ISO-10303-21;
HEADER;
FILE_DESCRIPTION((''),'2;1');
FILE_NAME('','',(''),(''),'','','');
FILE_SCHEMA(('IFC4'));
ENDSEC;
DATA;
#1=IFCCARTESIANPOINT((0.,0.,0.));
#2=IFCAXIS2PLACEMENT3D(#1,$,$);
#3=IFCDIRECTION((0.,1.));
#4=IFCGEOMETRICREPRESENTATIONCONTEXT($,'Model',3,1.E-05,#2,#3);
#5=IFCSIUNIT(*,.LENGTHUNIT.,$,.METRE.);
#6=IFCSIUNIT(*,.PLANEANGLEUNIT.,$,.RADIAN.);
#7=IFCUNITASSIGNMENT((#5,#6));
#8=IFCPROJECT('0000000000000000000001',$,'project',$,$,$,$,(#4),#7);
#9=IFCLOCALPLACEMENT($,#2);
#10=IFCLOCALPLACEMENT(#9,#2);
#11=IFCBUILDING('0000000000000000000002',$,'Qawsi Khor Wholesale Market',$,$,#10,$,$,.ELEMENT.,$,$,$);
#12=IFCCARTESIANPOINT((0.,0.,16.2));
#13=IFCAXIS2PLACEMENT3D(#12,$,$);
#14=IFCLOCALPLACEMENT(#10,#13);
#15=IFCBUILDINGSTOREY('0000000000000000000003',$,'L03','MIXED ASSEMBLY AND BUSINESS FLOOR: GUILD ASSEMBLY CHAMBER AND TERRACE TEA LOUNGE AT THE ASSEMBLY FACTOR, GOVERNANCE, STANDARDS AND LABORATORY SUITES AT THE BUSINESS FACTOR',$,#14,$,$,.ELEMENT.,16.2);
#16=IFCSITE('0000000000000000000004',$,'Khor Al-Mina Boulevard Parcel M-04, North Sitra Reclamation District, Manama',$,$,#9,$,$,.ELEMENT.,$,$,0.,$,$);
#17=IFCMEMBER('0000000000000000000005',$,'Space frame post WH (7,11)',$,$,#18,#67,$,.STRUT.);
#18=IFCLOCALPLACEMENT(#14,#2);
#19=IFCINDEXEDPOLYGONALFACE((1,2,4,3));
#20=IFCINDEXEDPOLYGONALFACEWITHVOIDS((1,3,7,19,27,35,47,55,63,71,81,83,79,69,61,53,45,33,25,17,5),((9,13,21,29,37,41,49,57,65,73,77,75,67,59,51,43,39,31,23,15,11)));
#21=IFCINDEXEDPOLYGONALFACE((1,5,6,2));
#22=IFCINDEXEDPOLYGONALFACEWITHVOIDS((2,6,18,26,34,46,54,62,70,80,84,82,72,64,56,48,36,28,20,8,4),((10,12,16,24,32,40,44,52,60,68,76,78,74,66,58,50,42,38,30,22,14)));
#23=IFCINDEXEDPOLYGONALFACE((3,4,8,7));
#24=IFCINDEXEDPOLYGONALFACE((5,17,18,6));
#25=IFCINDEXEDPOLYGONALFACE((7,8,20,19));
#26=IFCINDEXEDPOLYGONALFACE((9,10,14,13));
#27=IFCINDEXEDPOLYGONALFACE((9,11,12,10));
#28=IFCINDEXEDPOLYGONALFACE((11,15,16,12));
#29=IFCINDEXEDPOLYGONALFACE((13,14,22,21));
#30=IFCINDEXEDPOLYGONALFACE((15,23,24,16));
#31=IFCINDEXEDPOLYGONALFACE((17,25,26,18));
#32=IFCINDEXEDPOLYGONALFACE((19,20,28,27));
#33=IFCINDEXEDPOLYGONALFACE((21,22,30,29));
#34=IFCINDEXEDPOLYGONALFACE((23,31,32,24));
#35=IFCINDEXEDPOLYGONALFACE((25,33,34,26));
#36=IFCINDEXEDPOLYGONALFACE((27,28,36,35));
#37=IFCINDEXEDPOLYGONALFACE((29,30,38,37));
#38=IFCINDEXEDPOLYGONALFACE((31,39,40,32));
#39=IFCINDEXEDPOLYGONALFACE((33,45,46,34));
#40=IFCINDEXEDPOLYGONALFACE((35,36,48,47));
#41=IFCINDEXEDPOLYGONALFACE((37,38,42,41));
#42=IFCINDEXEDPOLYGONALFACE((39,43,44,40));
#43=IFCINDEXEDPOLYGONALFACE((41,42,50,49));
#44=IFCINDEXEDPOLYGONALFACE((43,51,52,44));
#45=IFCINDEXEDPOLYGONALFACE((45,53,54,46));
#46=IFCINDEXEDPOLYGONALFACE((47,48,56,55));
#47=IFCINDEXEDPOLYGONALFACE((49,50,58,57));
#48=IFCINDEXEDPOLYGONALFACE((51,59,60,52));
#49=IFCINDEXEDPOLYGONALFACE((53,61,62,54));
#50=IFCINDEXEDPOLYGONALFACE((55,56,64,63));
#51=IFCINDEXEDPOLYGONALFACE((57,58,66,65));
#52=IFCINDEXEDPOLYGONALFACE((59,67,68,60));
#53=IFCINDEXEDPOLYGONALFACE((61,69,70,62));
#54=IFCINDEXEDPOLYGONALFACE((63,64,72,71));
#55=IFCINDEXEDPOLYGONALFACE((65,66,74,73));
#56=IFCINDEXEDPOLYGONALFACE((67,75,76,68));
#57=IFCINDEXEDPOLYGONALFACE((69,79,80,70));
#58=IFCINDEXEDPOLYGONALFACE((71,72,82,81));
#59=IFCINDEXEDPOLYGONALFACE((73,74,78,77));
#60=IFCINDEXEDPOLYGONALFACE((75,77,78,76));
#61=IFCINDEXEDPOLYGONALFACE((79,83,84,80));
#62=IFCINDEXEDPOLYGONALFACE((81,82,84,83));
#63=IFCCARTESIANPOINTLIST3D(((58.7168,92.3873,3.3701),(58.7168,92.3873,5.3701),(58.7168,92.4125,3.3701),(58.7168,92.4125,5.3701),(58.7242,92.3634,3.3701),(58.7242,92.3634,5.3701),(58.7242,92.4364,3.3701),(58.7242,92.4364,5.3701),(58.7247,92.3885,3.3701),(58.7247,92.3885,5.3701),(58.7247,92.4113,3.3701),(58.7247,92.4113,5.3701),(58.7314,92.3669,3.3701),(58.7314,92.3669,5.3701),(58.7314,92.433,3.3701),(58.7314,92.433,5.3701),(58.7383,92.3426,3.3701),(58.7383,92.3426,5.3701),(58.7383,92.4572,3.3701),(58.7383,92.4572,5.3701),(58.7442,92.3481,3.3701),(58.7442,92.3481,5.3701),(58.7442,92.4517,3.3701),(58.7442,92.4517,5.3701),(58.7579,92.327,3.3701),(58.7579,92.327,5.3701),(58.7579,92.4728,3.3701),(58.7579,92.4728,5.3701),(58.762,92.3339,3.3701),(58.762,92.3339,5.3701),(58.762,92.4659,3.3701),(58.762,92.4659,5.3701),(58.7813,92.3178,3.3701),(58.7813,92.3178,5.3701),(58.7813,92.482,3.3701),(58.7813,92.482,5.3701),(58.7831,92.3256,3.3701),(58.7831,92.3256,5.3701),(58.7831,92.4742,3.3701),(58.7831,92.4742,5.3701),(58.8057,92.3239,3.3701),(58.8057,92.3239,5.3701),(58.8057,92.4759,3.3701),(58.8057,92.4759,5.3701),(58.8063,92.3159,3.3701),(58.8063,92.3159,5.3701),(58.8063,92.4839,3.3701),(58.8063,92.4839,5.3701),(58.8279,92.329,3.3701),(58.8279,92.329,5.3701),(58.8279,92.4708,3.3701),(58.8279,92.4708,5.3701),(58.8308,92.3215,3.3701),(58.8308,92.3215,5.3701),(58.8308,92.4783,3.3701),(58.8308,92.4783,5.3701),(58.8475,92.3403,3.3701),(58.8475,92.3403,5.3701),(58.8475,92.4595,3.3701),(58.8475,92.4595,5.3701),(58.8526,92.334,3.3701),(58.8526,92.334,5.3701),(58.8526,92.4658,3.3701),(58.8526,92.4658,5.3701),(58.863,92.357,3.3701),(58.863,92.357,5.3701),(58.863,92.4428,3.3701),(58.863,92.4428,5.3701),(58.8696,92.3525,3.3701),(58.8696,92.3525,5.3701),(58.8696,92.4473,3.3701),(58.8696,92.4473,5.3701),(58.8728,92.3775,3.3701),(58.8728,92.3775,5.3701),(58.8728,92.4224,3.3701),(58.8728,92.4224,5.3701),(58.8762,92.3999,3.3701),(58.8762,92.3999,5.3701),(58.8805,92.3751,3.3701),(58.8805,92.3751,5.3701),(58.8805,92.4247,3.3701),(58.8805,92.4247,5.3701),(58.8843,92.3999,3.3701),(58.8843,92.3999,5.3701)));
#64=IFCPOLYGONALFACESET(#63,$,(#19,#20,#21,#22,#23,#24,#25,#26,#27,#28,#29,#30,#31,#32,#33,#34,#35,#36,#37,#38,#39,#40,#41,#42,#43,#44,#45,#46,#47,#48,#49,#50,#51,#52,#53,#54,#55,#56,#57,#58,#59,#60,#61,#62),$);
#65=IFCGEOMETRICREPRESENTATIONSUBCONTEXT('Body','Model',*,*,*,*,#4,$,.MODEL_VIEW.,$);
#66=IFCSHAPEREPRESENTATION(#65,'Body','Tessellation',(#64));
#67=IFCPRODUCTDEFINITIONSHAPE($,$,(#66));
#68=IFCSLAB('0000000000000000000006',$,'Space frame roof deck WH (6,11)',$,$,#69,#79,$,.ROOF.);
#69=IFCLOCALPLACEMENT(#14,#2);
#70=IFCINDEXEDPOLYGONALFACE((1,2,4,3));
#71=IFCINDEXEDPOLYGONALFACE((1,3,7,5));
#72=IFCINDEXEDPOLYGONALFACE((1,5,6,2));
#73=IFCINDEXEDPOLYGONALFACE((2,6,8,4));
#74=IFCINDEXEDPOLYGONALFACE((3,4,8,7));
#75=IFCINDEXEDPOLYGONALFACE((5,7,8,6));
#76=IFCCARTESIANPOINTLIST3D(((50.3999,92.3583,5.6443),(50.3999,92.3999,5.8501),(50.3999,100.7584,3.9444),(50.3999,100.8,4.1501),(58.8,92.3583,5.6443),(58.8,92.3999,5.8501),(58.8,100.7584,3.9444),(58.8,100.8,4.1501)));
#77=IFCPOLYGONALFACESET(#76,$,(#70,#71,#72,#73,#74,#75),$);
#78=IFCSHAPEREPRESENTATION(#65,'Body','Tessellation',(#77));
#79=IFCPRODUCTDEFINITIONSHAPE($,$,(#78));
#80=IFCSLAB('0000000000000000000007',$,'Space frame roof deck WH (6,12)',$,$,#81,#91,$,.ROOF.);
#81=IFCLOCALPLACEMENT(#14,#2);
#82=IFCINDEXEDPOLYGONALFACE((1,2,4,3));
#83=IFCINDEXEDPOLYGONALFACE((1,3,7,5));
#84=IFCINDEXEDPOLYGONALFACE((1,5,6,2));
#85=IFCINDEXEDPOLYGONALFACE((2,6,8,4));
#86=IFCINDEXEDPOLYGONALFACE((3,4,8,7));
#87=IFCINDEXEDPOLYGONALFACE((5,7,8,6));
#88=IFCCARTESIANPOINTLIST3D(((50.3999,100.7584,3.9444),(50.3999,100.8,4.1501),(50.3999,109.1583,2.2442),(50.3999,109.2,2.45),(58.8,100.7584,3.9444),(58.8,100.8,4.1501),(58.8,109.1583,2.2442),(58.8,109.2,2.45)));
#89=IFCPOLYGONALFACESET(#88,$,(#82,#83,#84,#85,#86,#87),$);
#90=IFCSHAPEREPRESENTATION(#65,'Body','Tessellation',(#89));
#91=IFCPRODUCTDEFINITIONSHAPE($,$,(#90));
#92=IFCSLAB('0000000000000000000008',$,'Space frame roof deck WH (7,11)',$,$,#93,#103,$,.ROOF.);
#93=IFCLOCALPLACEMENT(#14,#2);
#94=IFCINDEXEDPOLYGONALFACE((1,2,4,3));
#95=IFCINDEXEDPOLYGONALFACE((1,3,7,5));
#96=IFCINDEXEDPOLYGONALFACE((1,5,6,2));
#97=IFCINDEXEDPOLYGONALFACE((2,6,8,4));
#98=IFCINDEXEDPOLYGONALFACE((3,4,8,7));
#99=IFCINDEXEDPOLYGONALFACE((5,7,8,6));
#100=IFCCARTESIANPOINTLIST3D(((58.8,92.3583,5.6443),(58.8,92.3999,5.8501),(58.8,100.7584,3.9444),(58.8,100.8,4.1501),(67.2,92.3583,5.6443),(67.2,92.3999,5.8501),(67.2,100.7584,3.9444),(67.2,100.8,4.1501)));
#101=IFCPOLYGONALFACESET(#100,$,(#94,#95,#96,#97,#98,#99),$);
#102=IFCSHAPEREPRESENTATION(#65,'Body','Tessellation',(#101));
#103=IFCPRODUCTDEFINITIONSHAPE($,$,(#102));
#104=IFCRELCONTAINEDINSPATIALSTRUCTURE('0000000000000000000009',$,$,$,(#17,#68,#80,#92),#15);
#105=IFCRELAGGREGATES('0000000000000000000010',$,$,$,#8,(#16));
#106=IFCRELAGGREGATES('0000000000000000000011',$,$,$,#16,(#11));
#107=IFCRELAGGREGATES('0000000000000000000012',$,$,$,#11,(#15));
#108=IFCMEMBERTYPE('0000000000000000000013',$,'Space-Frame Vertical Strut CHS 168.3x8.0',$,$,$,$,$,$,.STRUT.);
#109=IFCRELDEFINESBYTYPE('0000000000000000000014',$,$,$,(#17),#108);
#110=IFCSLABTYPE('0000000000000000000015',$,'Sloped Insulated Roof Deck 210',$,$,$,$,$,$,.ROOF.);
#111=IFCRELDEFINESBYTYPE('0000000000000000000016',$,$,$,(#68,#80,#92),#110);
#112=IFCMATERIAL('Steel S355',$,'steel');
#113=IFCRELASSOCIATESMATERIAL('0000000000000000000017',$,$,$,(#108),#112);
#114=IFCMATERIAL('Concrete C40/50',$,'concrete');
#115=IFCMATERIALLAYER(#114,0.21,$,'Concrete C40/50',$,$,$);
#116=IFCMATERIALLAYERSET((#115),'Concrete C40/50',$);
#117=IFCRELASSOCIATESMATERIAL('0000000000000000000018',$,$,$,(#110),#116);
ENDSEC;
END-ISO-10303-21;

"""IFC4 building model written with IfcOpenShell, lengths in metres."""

from ifc_helpers import new_model, si_unit, direction, frame, origin, origin_2d, place, context, subcontext, project, spatial, polyline, hollow_circle, outline, extrude, material, layer, layer_set, material_profile, profile_set, type_object, element, save


model = new_model("IFC4")

# Units and contexts
model_context = context("Model", 3, precision=1e-05, world=origin(), true_north=direction((0.0, 1.0)))
body_context = subcontext(model_context, "Body", "Model", "MODEL_VIEW")
ifc_project = project(units=[si_unit("LENGTHUNIT", "METRE"), si_unit("PLANEANGLEUNIT", "RADIAN")], contexts=[model_context])

# Site, building, storey
site_placement = place(None, origin())
site = spatial("IfcSite", under=ifc_project, at=site_placement, Name="Khor Al-Mina Boulevard Parcel M-04, North Sitra Reclamation District, Manama", CompositionType="ELEMENT", RefElevation=0.0)
building_placement = place(site_placement, origin())
building = spatial("IfcBuilding", under=site, at=building_placement, Name="Qawsi Khor Wholesale Market", CompositionType="ELEMENT")
storey_placement = place(building_placement, frame((0.0, 0.0, 16.2)))
storey = spatial("IfcBuildingStorey", under=building, at=storey_placement, Name="L03", Description="MIXED ASSEMBLY AND BUSINESS FLOOR: GUILD ASSEMBLY CHAMBER AND TERRACE TEA LOUNGE AT THE ASSEMBLY FACTOR, GOVERNANCE, STANDARDS AND LABORATORY SUITES AT THE BUSINESS FACTOR", CompositionType="ELEMENT", Elevation=16.2)

# Shared definitions
ifc_material_1 = material(Name="Concrete C40/50", Category="concrete")

# Member
ifc_material_2 = material(Name="Steel S355", Category="steel")
ifc_material_profile_1 = material_profile(ifc_material_2, hollow_circle(Radius=0.0842, WallThickness=0.0081, at=origin_2d()), Name="CHS 168.3x8.0")
ifc_profile_set_1 = profile_set([ifc_material_profile_1], Name="Steel S355")
member_type_1 = type_object("IfcMemberType", Name="Space-Frame Vertical Strut CHS 168.3x8.0", PredefinedType="STRUT", material=ifc_profile_set_1)
for number, where, z_axis, x_axis, name in (
    (1, (58.8, 92.3999, 3.3701), (0.0, 0.0, 1.0), (1.0, 0.0, 0.0), "Space frame post WH (7,11)"),
):
    element("IfcMember", number, at=place(storey_placement, frame(where, z_axis=z_axis, x_axis=x_axis)), inside=storey, type_object=member_type_1, Name=name, PredefinedType="STRUT", context=body_context, shape_type="SweptSolid", body=[
        extrude(hollow_circle(Radius=0.0842, WallThickness=0.0081, at=origin_2d()), origin(), (0.0, 0.0, 1.0), 2.0),
    ])

# Slabs
ifc_layer = layer(ifc_material_1, 0.21, Name="Concrete C40/50")
ifc_layer_set = layer_set([ifc_layer], Name="Concrete C40/50")
slab_type = type_object("IfcSlabType", Name="Sloped Insulated Roof Deck 210", PredefinedType="ROOF", material=ifc_layer_set)
slab_1_placement = place(storey_placement, frame((50.3999, 92.3999, 5.8501), z_axis=(0.0, 0.198351, 0.980131), x_axis=(1.0, 0.0, 0.0)))
element("IfcSlab", 2, at=slab_1_placement, inside=storey, type_object=slab_type, Name="Space frame roof deck WH (6,11)", PredefinedType="ROOF", context=body_context, shape_type="SweptSolid", body=[
    extrude(outline(polyline([(0.0, 0.0), (8.4001, 0.0), (8.4001, 8.5704), (0.0, 8.5704), (0.0, 0.0)])), origin(), (0.0, 0.0, -1.0), 0.21),
])
slab_2_placement = place(storey_placement, frame((50.3999, 100.8, 4.1501), z_axis=(0.0, 0.198384, 0.980124), x_axis=(1.0, 0.0, 0.0)))
element("IfcSlab", 3, at=slab_2_placement, inside=storey, type_object=slab_type, Name="Space frame roof deck WH (6,12)", PredefinedType="ROOF", context=body_context, shape_type="SweptSolid", body=[
    extrude(outline(polyline([(0.0, 0.0), (8.4001, 0.0), (8.4001, 8.5702), (0.0, 8.5702), (0.0, 0.0)])), origin(), (0.0, 0.0, -1.0), 0.21),
])
slab_3_placement = place(storey_placement, frame((58.8, 92.3999, 5.8501), z_axis=(0.0, 0.198351, 0.980131), x_axis=(1.0, 0.0, 0.0)))
element("IfcSlab", 4, at=slab_3_placement, inside=storey, type_object=slab_type, Name="Space frame roof deck WH (7,11)", PredefinedType="ROOF", context=body_context, shape_type="SweptSolid", body=[
    extrude(outline(polyline([(0.0, 0.0), (8.3999, 0.0), (8.3999, 8.5704), (0.0, 8.5704), (0.0, 0.0)])), origin(), (0.0, 0.0, -1.0), 0.21),
])

save(model, "model.ifc")
